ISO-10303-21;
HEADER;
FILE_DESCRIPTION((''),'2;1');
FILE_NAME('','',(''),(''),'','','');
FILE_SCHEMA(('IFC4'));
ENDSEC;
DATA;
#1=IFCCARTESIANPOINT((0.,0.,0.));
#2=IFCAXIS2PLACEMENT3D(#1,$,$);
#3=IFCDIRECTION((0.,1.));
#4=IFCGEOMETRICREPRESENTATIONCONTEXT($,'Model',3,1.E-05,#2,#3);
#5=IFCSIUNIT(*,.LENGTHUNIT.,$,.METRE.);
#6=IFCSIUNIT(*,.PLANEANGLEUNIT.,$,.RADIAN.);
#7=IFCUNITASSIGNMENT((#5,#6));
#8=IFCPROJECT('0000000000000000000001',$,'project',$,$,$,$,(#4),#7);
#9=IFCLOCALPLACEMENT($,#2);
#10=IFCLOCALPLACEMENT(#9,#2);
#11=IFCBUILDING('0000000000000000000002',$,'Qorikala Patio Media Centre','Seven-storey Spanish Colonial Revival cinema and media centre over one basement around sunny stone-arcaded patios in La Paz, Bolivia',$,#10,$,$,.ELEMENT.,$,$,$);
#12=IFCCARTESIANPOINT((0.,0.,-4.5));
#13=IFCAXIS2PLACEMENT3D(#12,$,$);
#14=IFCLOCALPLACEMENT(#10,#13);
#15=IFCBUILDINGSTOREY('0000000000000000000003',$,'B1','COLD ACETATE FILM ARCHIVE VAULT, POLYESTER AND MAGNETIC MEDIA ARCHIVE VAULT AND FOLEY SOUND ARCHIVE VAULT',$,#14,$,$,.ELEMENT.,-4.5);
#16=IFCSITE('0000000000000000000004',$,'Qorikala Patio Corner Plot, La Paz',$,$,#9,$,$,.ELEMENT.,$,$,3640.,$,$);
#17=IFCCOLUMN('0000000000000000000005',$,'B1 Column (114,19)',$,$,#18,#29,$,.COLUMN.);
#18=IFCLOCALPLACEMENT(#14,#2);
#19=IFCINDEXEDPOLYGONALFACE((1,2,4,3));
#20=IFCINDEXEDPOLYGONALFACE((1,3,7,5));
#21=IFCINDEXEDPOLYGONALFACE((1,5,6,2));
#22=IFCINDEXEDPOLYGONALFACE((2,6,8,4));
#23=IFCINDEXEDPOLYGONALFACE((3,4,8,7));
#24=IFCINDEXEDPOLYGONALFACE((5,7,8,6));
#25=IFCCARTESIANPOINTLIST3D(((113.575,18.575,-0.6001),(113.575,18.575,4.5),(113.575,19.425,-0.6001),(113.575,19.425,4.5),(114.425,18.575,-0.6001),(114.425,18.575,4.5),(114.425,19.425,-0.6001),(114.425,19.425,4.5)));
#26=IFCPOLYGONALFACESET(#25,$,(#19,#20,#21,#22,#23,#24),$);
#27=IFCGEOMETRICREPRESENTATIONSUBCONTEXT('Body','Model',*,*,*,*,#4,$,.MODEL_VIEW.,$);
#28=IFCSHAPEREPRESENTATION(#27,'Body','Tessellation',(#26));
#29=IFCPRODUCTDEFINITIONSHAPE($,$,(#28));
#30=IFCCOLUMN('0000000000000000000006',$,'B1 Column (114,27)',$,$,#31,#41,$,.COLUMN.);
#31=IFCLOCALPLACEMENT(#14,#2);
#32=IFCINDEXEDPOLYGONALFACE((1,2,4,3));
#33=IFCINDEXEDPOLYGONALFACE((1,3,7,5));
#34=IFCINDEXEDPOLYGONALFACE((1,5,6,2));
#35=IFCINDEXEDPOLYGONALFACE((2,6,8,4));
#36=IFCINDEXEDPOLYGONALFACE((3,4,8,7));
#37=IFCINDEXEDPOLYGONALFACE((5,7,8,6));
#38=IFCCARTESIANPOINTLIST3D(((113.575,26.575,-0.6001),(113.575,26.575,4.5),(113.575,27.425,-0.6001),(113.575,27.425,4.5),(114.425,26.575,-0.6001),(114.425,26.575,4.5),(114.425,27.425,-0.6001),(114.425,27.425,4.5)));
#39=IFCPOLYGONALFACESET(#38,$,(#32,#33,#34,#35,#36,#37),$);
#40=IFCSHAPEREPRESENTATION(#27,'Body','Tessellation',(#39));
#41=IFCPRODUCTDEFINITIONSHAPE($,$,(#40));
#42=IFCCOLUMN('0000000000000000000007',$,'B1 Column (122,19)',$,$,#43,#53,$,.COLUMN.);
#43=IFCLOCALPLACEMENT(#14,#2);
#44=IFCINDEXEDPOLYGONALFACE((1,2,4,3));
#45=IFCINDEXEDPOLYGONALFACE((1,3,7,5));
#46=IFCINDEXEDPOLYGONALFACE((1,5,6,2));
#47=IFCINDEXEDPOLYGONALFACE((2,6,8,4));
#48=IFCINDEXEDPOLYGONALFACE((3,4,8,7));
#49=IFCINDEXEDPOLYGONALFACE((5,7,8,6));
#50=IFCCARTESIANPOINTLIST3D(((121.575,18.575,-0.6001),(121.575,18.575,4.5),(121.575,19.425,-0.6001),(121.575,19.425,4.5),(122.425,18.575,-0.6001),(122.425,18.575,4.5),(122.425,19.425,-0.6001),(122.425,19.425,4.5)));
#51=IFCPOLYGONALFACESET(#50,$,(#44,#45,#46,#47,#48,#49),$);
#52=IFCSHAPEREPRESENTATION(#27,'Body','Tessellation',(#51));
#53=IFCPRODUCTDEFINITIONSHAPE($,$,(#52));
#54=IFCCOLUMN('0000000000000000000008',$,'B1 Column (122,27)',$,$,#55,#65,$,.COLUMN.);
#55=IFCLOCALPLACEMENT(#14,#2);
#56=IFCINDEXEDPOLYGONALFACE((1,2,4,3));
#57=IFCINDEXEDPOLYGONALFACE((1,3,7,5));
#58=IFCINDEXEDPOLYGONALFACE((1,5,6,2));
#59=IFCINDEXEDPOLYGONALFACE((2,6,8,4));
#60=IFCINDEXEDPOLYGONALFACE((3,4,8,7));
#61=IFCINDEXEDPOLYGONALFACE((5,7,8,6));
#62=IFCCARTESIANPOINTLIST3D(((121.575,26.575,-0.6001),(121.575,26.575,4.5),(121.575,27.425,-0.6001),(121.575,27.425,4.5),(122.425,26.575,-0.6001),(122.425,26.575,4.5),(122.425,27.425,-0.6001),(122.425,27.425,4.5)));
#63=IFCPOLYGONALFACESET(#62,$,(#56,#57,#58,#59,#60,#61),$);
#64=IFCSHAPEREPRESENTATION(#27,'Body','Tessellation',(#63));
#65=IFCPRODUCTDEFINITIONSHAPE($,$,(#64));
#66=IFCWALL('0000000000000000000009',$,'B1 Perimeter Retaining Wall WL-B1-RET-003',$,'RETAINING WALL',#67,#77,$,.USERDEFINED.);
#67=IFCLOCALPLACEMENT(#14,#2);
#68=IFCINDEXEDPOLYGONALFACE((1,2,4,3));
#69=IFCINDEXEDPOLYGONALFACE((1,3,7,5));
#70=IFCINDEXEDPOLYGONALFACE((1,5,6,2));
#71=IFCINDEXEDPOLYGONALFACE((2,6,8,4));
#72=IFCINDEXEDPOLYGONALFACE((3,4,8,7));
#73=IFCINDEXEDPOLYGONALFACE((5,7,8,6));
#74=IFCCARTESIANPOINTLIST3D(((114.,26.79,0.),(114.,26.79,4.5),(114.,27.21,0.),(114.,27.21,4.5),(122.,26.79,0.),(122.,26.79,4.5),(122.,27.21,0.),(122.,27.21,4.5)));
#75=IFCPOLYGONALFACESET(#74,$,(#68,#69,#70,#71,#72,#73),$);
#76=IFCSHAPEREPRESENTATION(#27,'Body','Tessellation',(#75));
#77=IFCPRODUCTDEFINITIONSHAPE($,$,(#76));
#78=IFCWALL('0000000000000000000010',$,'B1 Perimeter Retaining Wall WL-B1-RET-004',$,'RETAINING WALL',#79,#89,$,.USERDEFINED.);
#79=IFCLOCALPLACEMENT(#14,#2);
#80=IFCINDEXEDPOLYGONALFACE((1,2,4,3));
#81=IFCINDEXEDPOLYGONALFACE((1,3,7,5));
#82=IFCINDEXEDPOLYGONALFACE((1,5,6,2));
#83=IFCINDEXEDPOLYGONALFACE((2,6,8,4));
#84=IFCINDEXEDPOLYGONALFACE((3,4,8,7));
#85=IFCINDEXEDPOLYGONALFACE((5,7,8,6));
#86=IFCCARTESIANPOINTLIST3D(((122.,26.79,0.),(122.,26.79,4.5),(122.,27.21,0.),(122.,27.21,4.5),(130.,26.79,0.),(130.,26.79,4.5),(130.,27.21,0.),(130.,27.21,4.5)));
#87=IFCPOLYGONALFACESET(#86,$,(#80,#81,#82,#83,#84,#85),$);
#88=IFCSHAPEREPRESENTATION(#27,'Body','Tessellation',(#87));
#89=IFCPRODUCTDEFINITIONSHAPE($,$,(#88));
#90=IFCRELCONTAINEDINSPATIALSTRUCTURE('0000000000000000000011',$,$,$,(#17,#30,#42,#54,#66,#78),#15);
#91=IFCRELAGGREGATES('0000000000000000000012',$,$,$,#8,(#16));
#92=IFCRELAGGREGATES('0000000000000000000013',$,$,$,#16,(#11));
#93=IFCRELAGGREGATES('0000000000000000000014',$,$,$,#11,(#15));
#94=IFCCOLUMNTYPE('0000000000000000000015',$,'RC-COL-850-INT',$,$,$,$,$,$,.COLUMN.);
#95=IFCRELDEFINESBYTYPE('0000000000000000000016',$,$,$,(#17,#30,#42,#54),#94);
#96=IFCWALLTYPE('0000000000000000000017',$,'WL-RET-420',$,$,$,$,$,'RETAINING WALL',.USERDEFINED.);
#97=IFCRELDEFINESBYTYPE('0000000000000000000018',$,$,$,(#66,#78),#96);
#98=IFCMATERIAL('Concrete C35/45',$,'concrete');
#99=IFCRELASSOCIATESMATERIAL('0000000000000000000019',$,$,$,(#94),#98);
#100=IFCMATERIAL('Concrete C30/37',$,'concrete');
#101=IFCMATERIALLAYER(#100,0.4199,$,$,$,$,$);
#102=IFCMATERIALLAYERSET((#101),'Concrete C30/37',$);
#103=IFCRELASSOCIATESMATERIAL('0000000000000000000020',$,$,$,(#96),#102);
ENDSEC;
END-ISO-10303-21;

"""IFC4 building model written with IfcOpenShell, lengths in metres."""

from ifc_helpers import new_model, si_unit, direction, frame, frame_2d, origin, origin_2d, place, context, subcontext, project, spatial, rectangle, extrude, material, layer, layer_set, material_profile, profile_set, type_object, element, save


model = new_model("IFC4")

# Units and contexts
model_context = context("Model", 3, precision=1e-05, world=origin(), true_north=direction((0.0, 1.0)))
body_context = subcontext(model_context, "Body", "Model", "MODEL_VIEW")
ifc_project = project(units=[si_unit("LENGTHUNIT", "METRE"), si_unit("PLANEANGLEUNIT", "RADIAN")], contexts=[model_context])

# Site, building, storey
site_placement = place(None, origin())
site = spatial("IfcSite", under=ifc_project, at=site_placement, Name="Qorikala Patio Corner Plot, La Paz", CompositionType="ELEMENT", RefElevation=3640.0)
building_placement = place(site_placement, origin())
building = spatial("IfcBuilding", under=site, at=building_placement, Name="Qorikala Patio Media Centre", Description="Seven-storey Spanish Colonial Revival cinema and media centre over one basement around sunny stone-arcaded patios in La Paz, Bolivia", CompositionType="ELEMENT")
storey_placement = place(building_placement, frame((0.0, 0.0, -4.5)))
storey = spatial("IfcBuildingStorey", under=building, at=storey_placement, Name="B1", Description="COLD ACETATE FILM ARCHIVE VAULT, POLYESTER AND MAGNETIC MEDIA ARCHIVE VAULT AND FOLEY SOUND ARCHIVE VAULT", CompositionType="ELEMENT", Elevation=-4.5)

# Shared definitions
ifc_material_1 = material(Name="Concrete C30/37", Category="concrete")

# Columns
ifc_material_2 = material(Name="Concrete C35/45", Category="concrete")
ifc_material_profile_1 = material_profile(ifc_material_2, rectangle(XDim=0.8501, YDim=0.8501, at=origin_2d()), Name="RC 850x850")
ifc_profile_set_1 = profile_set([ifc_material_profile_1], Name="Concrete C35/45")
column_type = type_object("IfcColumnType", Name="RC-COL-850-INT", PredefinedType="COLUMN", material=ifc_profile_set_1)
for number, where, z_axis, x_axis, name in (
    (1, (114.0, 19.0, -0.6001), (0.0, 0.0, 1.0), (1.0, 0.0, 0.0), "B1 Column (114,19)"),
    (2, (114.0, 27.0, -0.6001), (0.0, 0.0, 1.0), (1.0, 0.0, 0.0), "B1 Column (114,27)"),
    (3, (122.0, 19.0, -0.6001), (0.0, 0.0, 1.0), (1.0, 0.0, 0.0), "B1 Column (122,19)"),
    (4, (122.0, 27.0, -0.6001), (0.0, 0.0, 1.0), (1.0, 0.0, 0.0), "B1 Column (122,27)"),
):
    element("IfcColumn", number, at=place(storey_placement, frame(where, z_axis=z_axis, x_axis=x_axis)), inside=storey, type_object=column_type, Name=name, PredefinedType="COLUMN", context=body_context, shape_type="SweptSolid", body=[
        extrude(rectangle(XDim=0.8501, YDim=0.8501, at=origin_2d()), origin(), (0.0, 0.0, 1.0), 5.1001),
    ])

# Walls
ifc_layer_1 = layer(ifc_material_1, 0.4199)
ifc_layer_set_1 = layer_set([ifc_layer_1], Name="Concrete C30/37")
wall_type = type_object("IfcWallType", Name="WL-RET-420", ElementType="RETAINING WALL", PredefinedType="USERDEFINED", material=ifc_layer_set_1)
for number, where, z_axis, x_axis, name in (
    (5, (114.0, 27.0, 0.0), (0.0, 0.0, 1.0), (1.0, 0.0, 0.0), "B1 Perimeter Retaining Wall WL-B1-RET-003"),
    (6, (122.0, 27.0, 0.0), (0.0, 0.0, 1.0), (1.0, 0.0, 0.0), "B1 Perimeter Retaining Wall WL-B1-RET-004"),
):
    element("IfcWall", number, at=place(storey_placement, frame(where, z_axis=z_axis, x_axis=x_axis)), inside=storey, type_object=wall_type, Name=name, ObjectType="RETAINING WALL", PredefinedType="USERDEFINED", context=body_context, shape_type="SweptSolid", body=[
        extrude(rectangle(XDim=8.0, YDim=0.4199, at=frame_2d((4.0, 0.0))), origin(), (0.0, 0.0, 1.0), 4.5),
    ])

save(model, "model.ifc")
